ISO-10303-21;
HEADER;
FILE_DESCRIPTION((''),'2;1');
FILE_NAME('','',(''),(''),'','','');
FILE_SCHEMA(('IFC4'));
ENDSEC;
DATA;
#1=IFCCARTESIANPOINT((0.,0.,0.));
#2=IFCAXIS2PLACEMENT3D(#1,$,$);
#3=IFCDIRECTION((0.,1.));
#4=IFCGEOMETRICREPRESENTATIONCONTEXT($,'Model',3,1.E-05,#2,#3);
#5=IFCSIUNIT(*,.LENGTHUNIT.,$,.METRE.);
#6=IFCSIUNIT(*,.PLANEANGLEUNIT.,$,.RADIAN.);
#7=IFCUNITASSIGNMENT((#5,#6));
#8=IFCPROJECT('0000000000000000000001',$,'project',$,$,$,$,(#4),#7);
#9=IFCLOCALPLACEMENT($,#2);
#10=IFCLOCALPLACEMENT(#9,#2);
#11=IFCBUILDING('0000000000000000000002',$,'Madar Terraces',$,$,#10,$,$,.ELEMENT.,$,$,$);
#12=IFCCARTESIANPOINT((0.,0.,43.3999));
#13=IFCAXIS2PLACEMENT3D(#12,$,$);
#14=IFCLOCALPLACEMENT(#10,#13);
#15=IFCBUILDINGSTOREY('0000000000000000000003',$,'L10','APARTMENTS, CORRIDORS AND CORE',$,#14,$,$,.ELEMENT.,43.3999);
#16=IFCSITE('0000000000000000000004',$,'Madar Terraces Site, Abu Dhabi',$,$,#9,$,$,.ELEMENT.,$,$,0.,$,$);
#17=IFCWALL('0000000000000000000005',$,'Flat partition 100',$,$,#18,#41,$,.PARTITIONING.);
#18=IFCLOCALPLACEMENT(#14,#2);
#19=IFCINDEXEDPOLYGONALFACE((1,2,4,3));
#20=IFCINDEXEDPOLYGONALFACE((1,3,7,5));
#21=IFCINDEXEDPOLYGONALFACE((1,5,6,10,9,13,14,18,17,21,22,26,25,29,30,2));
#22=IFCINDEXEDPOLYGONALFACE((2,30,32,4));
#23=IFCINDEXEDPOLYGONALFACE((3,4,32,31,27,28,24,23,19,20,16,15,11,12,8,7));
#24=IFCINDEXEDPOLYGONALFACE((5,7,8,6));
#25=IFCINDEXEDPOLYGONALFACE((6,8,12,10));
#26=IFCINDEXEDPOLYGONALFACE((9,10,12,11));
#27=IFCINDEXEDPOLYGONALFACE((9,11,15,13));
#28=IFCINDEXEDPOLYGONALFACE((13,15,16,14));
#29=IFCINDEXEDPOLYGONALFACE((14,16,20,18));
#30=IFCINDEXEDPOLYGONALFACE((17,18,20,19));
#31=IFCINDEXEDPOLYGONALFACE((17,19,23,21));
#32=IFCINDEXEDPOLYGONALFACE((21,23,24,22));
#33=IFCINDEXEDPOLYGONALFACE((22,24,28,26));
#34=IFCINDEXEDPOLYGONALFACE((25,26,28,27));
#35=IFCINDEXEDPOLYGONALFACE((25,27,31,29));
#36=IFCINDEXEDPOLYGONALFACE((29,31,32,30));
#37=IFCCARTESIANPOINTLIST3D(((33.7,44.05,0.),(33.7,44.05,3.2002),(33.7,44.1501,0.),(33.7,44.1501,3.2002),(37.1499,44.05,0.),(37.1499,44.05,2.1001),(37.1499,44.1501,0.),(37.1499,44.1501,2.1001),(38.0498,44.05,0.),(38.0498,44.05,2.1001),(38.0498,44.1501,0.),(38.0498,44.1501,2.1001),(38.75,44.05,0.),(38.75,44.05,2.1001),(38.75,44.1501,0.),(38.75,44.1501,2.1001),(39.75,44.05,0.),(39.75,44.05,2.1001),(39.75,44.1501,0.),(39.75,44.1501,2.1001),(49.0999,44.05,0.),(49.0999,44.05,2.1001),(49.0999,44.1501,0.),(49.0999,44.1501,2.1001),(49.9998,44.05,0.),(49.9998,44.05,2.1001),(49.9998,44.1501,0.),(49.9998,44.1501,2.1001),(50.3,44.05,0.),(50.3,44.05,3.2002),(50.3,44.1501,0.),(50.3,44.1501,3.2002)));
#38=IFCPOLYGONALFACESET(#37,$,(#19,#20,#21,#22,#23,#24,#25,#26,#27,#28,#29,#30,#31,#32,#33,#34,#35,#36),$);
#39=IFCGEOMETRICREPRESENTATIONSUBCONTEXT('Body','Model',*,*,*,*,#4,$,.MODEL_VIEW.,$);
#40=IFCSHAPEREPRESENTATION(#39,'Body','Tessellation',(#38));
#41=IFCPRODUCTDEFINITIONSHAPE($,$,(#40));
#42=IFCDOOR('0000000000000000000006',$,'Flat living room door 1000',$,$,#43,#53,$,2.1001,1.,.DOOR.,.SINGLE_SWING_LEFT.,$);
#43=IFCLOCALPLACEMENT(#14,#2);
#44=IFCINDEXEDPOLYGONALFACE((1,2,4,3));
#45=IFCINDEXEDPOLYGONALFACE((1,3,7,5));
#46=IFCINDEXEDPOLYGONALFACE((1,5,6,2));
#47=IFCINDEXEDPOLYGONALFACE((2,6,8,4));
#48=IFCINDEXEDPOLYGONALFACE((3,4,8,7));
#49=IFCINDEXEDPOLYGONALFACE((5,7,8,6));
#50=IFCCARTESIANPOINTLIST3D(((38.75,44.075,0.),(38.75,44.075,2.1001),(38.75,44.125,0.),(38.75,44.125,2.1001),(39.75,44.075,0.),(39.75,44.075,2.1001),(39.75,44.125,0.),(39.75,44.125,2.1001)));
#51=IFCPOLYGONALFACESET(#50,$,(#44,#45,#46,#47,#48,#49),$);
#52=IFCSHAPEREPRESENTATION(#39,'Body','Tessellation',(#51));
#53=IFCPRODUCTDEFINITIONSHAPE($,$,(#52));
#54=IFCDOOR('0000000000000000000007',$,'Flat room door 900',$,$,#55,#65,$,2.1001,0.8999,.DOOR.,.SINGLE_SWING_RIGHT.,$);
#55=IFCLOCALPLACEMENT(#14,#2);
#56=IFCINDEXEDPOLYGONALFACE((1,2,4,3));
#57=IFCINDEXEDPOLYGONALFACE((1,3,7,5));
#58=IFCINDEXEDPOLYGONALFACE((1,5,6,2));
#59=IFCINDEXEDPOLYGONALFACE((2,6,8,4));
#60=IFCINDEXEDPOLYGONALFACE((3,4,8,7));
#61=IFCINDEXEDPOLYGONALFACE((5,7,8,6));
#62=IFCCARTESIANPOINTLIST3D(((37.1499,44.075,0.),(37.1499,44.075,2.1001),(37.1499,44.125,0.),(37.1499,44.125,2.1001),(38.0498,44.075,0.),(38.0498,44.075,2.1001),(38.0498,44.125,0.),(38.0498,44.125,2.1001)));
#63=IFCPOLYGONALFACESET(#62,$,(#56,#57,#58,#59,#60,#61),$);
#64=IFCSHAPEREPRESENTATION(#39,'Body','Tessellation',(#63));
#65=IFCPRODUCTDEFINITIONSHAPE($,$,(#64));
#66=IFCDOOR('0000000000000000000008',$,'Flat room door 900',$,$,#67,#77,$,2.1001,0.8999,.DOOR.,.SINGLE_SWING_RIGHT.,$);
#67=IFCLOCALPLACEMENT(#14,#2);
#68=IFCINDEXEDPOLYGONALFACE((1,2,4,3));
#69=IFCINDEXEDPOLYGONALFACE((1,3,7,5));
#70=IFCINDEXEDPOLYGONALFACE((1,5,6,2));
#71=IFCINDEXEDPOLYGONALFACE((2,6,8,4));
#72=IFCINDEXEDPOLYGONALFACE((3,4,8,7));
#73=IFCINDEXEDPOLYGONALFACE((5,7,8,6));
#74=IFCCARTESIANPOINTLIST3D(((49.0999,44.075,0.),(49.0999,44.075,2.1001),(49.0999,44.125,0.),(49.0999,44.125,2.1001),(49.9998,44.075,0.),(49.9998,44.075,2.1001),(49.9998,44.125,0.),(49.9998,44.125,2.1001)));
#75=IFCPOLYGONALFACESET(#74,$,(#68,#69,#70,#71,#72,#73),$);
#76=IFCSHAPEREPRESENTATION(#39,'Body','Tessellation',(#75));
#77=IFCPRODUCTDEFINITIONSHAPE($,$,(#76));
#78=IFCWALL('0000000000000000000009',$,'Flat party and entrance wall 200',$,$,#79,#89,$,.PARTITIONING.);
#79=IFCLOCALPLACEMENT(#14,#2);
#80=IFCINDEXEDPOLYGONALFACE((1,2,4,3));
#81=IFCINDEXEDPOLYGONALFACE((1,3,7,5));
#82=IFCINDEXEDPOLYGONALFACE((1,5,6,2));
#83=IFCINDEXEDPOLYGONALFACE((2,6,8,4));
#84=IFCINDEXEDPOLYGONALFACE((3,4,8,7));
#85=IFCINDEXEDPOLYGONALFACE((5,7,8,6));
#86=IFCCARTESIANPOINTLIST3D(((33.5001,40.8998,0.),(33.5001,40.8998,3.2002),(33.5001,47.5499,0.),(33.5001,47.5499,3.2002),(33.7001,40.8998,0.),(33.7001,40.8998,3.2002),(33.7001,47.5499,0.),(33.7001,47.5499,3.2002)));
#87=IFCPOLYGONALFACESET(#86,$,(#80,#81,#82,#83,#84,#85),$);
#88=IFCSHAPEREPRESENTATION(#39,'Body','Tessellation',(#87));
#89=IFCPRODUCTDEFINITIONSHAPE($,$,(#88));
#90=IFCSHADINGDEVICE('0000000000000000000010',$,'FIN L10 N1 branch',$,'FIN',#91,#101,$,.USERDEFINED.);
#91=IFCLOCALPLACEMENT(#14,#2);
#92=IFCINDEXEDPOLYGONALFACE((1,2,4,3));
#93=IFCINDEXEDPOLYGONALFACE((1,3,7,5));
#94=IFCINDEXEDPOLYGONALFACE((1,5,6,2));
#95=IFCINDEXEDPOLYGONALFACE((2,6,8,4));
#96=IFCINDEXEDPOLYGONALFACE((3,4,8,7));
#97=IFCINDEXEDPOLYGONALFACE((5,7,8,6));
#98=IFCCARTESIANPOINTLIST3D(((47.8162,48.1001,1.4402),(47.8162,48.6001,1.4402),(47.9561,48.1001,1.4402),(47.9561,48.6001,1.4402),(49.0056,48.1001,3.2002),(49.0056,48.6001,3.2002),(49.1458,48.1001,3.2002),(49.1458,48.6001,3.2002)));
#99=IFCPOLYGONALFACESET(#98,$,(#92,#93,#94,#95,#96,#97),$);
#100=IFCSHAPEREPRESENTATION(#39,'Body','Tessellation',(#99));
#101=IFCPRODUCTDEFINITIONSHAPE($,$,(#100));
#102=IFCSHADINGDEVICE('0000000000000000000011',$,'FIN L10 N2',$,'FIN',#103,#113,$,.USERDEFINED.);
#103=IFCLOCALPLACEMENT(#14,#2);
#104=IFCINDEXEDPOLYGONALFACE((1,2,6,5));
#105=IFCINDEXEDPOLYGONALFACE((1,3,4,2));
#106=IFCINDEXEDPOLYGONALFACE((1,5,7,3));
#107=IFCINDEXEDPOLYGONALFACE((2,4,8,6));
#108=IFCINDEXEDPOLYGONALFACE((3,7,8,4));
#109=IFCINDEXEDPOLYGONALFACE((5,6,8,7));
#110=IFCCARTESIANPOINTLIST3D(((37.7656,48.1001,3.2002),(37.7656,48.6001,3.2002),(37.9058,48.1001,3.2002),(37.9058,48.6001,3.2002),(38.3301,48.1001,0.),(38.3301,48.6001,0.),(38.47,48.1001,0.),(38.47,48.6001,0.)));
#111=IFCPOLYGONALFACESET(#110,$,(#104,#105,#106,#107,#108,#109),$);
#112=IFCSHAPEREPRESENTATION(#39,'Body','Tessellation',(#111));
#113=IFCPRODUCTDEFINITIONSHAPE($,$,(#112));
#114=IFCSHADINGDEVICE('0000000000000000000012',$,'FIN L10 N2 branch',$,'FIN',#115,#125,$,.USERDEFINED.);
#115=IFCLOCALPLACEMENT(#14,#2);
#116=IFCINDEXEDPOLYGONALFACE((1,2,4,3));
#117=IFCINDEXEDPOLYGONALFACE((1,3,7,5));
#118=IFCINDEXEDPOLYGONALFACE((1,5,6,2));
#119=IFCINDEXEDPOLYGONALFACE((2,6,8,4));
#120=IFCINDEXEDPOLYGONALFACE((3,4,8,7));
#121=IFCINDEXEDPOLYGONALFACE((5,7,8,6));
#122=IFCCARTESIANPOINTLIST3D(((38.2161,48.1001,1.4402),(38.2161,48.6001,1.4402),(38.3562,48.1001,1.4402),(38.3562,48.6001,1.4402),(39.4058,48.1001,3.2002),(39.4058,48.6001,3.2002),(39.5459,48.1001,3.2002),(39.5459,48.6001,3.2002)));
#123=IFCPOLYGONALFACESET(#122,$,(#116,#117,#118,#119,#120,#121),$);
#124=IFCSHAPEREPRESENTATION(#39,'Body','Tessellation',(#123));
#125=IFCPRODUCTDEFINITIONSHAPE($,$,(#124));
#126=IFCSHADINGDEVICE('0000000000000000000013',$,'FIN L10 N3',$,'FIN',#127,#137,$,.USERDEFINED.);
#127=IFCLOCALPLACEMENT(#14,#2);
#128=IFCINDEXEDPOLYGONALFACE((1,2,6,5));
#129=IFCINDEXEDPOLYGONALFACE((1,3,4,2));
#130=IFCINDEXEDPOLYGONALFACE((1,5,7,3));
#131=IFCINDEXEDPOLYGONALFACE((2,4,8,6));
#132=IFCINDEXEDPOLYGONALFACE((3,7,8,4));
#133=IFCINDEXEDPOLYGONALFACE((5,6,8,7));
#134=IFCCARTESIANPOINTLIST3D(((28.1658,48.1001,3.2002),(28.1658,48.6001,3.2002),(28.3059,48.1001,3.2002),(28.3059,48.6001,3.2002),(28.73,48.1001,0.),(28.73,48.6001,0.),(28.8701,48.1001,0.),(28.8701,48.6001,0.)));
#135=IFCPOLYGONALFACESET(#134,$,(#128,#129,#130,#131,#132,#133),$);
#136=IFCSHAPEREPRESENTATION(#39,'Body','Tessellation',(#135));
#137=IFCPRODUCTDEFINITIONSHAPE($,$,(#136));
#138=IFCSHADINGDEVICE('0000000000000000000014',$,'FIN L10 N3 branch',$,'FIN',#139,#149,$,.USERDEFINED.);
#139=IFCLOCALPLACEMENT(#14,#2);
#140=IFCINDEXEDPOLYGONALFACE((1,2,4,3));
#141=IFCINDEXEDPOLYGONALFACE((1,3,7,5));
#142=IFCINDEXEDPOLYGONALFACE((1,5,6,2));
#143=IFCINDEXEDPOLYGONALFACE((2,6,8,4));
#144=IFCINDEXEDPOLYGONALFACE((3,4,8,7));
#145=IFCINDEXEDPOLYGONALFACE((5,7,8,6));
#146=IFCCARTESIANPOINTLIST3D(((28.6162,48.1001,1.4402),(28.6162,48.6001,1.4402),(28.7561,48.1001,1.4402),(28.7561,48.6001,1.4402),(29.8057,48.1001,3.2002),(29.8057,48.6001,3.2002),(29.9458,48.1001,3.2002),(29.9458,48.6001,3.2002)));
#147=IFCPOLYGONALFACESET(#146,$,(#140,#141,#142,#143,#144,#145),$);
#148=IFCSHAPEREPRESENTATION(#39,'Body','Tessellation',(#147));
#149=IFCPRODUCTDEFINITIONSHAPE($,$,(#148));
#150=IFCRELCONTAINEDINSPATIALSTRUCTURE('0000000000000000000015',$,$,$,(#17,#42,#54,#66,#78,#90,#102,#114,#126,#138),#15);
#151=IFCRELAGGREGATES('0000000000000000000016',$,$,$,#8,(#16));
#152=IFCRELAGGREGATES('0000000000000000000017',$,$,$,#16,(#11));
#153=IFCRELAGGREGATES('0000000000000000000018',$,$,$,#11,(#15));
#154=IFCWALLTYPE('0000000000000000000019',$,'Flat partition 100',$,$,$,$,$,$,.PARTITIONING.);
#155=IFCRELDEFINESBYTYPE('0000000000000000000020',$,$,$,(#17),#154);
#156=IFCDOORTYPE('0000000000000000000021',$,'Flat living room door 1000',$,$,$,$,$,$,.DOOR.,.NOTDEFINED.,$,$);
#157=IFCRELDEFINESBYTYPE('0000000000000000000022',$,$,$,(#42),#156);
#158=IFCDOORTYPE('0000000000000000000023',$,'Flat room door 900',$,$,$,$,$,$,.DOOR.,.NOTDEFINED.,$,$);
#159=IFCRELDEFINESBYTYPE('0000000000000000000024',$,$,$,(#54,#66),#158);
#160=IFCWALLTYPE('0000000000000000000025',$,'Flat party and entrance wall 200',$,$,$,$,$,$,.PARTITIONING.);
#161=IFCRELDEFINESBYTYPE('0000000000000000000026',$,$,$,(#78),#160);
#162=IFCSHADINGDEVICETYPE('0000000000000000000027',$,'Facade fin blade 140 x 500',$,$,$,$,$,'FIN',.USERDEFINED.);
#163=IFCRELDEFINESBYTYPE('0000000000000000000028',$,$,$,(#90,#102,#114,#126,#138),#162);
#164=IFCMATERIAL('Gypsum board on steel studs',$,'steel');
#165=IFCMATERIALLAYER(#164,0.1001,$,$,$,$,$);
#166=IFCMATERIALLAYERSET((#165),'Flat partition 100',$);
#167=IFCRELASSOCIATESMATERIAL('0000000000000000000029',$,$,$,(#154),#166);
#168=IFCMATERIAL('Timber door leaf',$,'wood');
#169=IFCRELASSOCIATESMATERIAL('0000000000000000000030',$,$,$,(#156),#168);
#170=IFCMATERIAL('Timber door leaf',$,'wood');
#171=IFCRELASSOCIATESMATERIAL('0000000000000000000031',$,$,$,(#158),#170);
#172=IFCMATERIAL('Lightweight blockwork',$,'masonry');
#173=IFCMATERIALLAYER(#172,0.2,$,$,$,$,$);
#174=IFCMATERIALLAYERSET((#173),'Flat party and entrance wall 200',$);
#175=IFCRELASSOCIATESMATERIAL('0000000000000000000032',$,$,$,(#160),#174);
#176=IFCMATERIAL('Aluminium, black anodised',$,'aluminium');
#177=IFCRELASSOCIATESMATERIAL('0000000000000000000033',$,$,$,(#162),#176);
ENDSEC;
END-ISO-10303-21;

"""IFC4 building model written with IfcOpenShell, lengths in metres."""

from ifc_helpers import new_model, si_unit, direction, frame, frame_2d, origin, place, context, subcontext, project, spatial, polyline, rectangle, outline, extrude, material, layer, layer_set, type_object, element, fill, save


model = new_model("IFC4")

# Units and contexts
model_context = context("Model", 3, precision=1e-05, world=origin(), true_north=direction((0.0, 1.0)))
body_context = subcontext(model_context, "Body", "Model", "MODEL_VIEW")
ifc_project = project(units=[si_unit("LENGTHUNIT", "METRE"), si_unit("PLANEANGLEUNIT", "RADIAN")], contexts=[model_context])

# Site, building, storey
site_placement = place(None, origin())
site = spatial("IfcSite", under=ifc_project, at=site_placement, Name="Madar Terraces Site, Abu Dhabi", CompositionType="ELEMENT", RefElevation=0.0)
building_placement = place(site_placement, origin())
building = spatial("IfcBuilding", under=site, at=building_placement, Name="Madar Terraces", CompositionType="ELEMENT")
storey_placement = place(building_placement, frame((0.0, 0.0, 43.3999)))
storey = spatial("IfcBuildingStorey", under=building, at=storey_placement, Name="L10", Description="APARTMENTS, CORRIDORS AND CORE", CompositionType="ELEMENT", Elevation=43.3999)

# Shared definitions
ifc_material_1 = material(Name="Gypsum board on steel studs", Category="steel")
ifc_layer_1 = layer(ifc_material_1, 0.1001)
ifc_layer_set_1 = layer_set([ifc_layer_1], Name="Flat partition 100")
wall_type_1 = type_object("IfcWallType", Name="Flat partition 100", PredefinedType="PARTITIONING", material=ifc_layer_set_1)

# Wall, openings, doors
wall_1_placement = place(storey_placement, frame((33.7, 44.1001, 0.0), z_axis=(0.0, 0.0, 1.0), x_axis=(1.0, 0.0, 0.0)))
wall_1 = element("IfcWall", 1, at=wall_1_placement, inside=storey, type_object=wall_type_1, Name="Flat partition 100", PredefinedType="PARTITIONING", context=body_context, shape_type="SweptSolid", body=[
    extrude(rectangle(XDim=16.6001, YDim=0.1001, at=frame_2d((8.3, 0.0))), origin(), (0.0, 0.0, 1.0), 3.2002),
])
opening_1_placement = place(wall_1_placement, frame((3.45, 0.0, 0.0)))
opening_1 = element("IfcOpeningElement", 2, at=opening_1_placement, cuts=wall_1, PredefinedType="OPENING", context=body_context, shape_type="SweptSolid", body=[
    extrude(rectangle(XDim=0.8999, YDim=2.1001, at=frame_2d((0.45, 1.05))), frame((0.0, 0.0601, 0.0), z_axis=(0.0, -1.0, 0.0), x_axis=(1.0, 0.0, 0.0)), (0.0, 0.0, 1.0), 0.1201),
])
opening_2_placement = place(wall_1_placement, frame((5.05, 0.0, 0.0)))
opening_2 = element("IfcOpeningElement", 3, at=opening_2_placement, cuts=wall_1, PredefinedType="OPENING", context=body_context, shape_type="SweptSolid", body=[
    extrude(rectangle(XDim=1.0, YDim=2.1001, at=frame_2d((0.5, 1.05))), frame((0.0, 0.0601, 0.0), z_axis=(0.0, -1.0, 0.0), x_axis=(1.0, 0.0, 0.0)), (0.0, 0.0, 1.0), 0.1201),
])
opening_3_placement = place(wall_1_placement, frame((15.3999, 0.0, 0.0)))
opening_3 = element("IfcOpeningElement", 4, at=opening_3_placement, cuts=wall_1, PredefinedType="OPENING", context=body_context, shape_type="SweptSolid", body=[
    extrude(rectangle(XDim=0.8999, YDim=2.1001, at=frame_2d((0.45, 1.05))), frame((0.0, 0.0601, 0.0), z_axis=(0.0, -1.0, 0.0), x_axis=(1.0, 0.0, 0.0)), (0.0, 0.0, 1.0), 0.1201),
])
ifc_material_2 = material(Name="Timber door leaf", Category="wood")
door_type_1 = type_object("IfcDoorType", Name="Flat living room door 1000", OperationType="NOTDEFINED", PredefinedType="DOOR", material=ifc_material_2)
door_1_placement = place(opening_2_placement, origin())
door_1 = element("IfcDoor", 5, at=door_1_placement, inside=storey, type_object=door_type_1, Name="Flat living room door 1000", OperationType="SINGLE_SWING_LEFT", OverallHeight=2.1001, OverallWidth=1.0, PredefinedType="DOOR", context=body_context, shape_type="SweptSolid", body=[
    extrude(rectangle(XDim=1.0, YDim=2.1001, at=frame_2d((0.5, 1.05))), frame((0.0, 0.0249, 0.0), z_axis=(0.0, -1.0, 0.0), x_axis=(1.0, 0.0, 0.0)), (0.0, 0.0, 1.0), 0.05),
])
fill(opening_2, door_1)
ifc_material_3 = material(Name="Timber door leaf", Category="wood")
door_type_2 = type_object("IfcDoorType", Name="Flat room door 900", OperationType="NOTDEFINED", PredefinedType="DOOR", material=ifc_material_3)
door_2_placement = place(opening_1_placement, origin())
door_2 = element("IfcDoor", 6, at=door_2_placement, inside=storey, type_object=door_type_2, Name="Flat room door 900", OperationType="SINGLE_SWING_RIGHT", OverallHeight=2.1001, OverallWidth=0.8999, PredefinedType="DOOR", context=body_context, shape_type="SweptSolid", body=[
    extrude(rectangle(XDim=0.8999, YDim=2.1001, at=frame_2d((0.45, 1.05))), frame((0.0, 0.0249, 0.0), z_axis=(0.0, -1.0, 0.0), x_axis=(1.0, 0.0, 0.0)), (0.0, 0.0, 1.0), 0.05),
])
fill(opening_1, door_2)
door_3_placement = place(opening_3_placement, origin())
door_3 = element("IfcDoor", 7, at=door_3_placement, inside=storey, type_object=door_type_2, Name="Flat room door 900", OperationType="SINGLE_SWING_RIGHT", OverallHeight=2.1001, OverallWidth=0.8999, PredefinedType="DOOR", context=body_context, shape_type="SweptSolid", body=[
    extrude(rectangle(XDim=0.8999, YDim=2.1001, at=frame_2d((0.45, 1.05))), frame((0.0, 0.0249, 0.0), z_axis=(0.0, -1.0, 0.0), x_axis=(1.0, 0.0, 0.0)), (0.0, 0.0, 1.0), 0.05),
])
fill(opening_3, door_3)

# Wall
ifc_material_4 = material(Name="Lightweight blockwork", Category="masonry")
ifc_layer_2 = layer(ifc_material_4, 0.2)
ifc_layer_set_2 = layer_set([ifc_layer_2], Name="Flat party and entrance wall 200")
wall_type_2 = type_object("IfcWallType", Name="Flat party and entrance wall 200", PredefinedType="PARTITIONING", material=ifc_layer_set_2)
wall_2_placement = place(storey_placement, frame((33.6001, 47.55, 0.0), z_axis=(0.0, 0.0, 1.0), x_axis=(0.0, -1.0, 0.0)))
element("IfcWall", 8, at=wall_2_placement, inside=storey, type_object=wall_type_2, Name="Flat party and entrance wall 200", PredefinedType="PARTITIONING", context=body_context, shape_type="SweptSolid", body=[
    extrude(rectangle(XDim=6.6501, YDim=0.2, at=frame_2d((3.3252, 0.0))), origin(), (0.0, 0.0, 1.0), 3.2002),
])

# Shading devices
ifc_material_5 = material(Name="Aluminium, black anodised", Category="aluminium")
shading_device_type = type_object("IfcShadingDeviceType", Name="Facade fin blade 140 x 500", ElementType="FIN", PredefinedType="USERDEFINED", material=ifc_material_5)
shading_device_1_placement = place(storey_placement, frame((47.9561, 48.3501, 1.4402), z_axis=(0.0, 0.0, 1.0), x_axis=(-1.0, 0.0, 0.0)))
element("IfcShadingDevice", 9, at=shading_device_1_placement, inside=storey, type_object=shading_device_type, Name="FIN L10 N1 branch", ObjectType="FIN", PredefinedType="USERDEFINED", context=body_context, shape_type="SweptSolid", body=[
    extrude(outline(polyline([(0.0, 0.0), (0.1399, 0.0), (-1.0496, 1.76), (-1.1897, 1.76), (0.0, 0.0)])), frame((0.0, 0.25, 0.0), z_axis=(0.0, -1.0, 0.0), x_axis=(1.0, 0.0, 0.0)), (0.0, 0.0, 1.0), 0.5),
])
shading_device_2_placement = place(storey_placement, frame((38.47, 48.3501, 0.0), z_axis=(0.0, 0.0, 1.0), x_axis=(-1.0, 0.0, 0.0)))
element("IfcShadingDevice", 10, at=shading_device_2_placement, inside=storey, type_object=shading_device_type, Name="FIN L10 N2", ObjectType="FIN", PredefinedType="USERDEFINED", context=body_context, shape_type="SweptSolid", body=[
    extrude(outline(polyline([(0.0, 0.0), (0.1399, 0.0), (0.7043, 3.2002), (0.5642, 3.2002), (0.0, 0.0)])), frame((0.0, 0.25, 0.0), z_axis=(0.0, -1.0, 0.0), x_axis=(1.0, 0.0, 0.0)), (0.0, 0.0, 1.0), 0.5),
])
shading_device_3_placement = place(storey_placement, frame((38.3562, 48.3501, 1.4402), z_axis=(0.0, 0.0, 1.0), x_axis=(-1.0, 0.0, 0.0)))
element("IfcShadingDevice", 11, at=shading_device_3_placement, inside=storey, type_object=shading_device_type, Name="FIN L10 N2 branch", ObjectType="FIN", PredefinedType="USERDEFINED", context=body_context, shape_type="SweptSolid", body=[
    extrude(outline(polyline([(0.0, 0.0), (0.1401, 0.0), (-1.0496, 1.76), (-1.1897, 1.76), (0.0, 0.0)])), frame((0.0, 0.25, 0.0), z_axis=(0.0, -1.0, 0.0), x_axis=(1.0, 0.0, 0.0)), (0.0, 0.0, 1.0), 0.5),
])
shading_device_4_placement = place(storey_placement, frame((28.8701, 48.3501, 0.0), z_axis=(0.0, 0.0, 1.0), x_axis=(-1.0, 0.0, 0.0)))
element("IfcShadingDevice", 12, at=shading_device_4_placement, inside=storey, type_object=shading_device_type, Name="FIN L10 N3", ObjectType="FIN", PredefinedType="USERDEFINED", context=body_context, shape_type="SweptSolid", body=[
    extrude(outline(polyline([(0.0, 0.0), (0.1401, 0.0), (0.7043, 3.2002), (0.5642, 3.2002), (0.0, 0.0)])), frame((0.0, 0.25, 0.0), z_axis=(0.0, -1.0, 0.0), x_axis=(1.0, 0.0, 0.0)), (0.0, 0.0, 1.0), 0.5),
])
shading_device_5_placement = place(storey_placement, frame((28.7561, 48.3501, 1.4402), z_axis=(0.0, 0.0, 1.0), x_axis=(-1.0, 0.0, 0.0)))
element("IfcShadingDevice", 13, at=shading_device_5_placement, inside=storey, type_object=shading_device_type, Name="FIN L10 N3 branch", ObjectType="FIN", PredefinedType="USERDEFINED", context=body_context, shape_type="SweptSolid", body=[
    extrude(outline(polyline([(0.0, 0.0), (0.1399, 0.0), (-1.0496, 1.76), (-1.1897, 1.76), (0.0, 0.0)])), frame((0.0, 0.25, 0.0), z_axis=(0.0, -1.0, 0.0), x_axis=(1.0, 0.0, 0.0)), (0.0, 0.0, 1.0), 0.5),
])

save(model, "model.ifc")
